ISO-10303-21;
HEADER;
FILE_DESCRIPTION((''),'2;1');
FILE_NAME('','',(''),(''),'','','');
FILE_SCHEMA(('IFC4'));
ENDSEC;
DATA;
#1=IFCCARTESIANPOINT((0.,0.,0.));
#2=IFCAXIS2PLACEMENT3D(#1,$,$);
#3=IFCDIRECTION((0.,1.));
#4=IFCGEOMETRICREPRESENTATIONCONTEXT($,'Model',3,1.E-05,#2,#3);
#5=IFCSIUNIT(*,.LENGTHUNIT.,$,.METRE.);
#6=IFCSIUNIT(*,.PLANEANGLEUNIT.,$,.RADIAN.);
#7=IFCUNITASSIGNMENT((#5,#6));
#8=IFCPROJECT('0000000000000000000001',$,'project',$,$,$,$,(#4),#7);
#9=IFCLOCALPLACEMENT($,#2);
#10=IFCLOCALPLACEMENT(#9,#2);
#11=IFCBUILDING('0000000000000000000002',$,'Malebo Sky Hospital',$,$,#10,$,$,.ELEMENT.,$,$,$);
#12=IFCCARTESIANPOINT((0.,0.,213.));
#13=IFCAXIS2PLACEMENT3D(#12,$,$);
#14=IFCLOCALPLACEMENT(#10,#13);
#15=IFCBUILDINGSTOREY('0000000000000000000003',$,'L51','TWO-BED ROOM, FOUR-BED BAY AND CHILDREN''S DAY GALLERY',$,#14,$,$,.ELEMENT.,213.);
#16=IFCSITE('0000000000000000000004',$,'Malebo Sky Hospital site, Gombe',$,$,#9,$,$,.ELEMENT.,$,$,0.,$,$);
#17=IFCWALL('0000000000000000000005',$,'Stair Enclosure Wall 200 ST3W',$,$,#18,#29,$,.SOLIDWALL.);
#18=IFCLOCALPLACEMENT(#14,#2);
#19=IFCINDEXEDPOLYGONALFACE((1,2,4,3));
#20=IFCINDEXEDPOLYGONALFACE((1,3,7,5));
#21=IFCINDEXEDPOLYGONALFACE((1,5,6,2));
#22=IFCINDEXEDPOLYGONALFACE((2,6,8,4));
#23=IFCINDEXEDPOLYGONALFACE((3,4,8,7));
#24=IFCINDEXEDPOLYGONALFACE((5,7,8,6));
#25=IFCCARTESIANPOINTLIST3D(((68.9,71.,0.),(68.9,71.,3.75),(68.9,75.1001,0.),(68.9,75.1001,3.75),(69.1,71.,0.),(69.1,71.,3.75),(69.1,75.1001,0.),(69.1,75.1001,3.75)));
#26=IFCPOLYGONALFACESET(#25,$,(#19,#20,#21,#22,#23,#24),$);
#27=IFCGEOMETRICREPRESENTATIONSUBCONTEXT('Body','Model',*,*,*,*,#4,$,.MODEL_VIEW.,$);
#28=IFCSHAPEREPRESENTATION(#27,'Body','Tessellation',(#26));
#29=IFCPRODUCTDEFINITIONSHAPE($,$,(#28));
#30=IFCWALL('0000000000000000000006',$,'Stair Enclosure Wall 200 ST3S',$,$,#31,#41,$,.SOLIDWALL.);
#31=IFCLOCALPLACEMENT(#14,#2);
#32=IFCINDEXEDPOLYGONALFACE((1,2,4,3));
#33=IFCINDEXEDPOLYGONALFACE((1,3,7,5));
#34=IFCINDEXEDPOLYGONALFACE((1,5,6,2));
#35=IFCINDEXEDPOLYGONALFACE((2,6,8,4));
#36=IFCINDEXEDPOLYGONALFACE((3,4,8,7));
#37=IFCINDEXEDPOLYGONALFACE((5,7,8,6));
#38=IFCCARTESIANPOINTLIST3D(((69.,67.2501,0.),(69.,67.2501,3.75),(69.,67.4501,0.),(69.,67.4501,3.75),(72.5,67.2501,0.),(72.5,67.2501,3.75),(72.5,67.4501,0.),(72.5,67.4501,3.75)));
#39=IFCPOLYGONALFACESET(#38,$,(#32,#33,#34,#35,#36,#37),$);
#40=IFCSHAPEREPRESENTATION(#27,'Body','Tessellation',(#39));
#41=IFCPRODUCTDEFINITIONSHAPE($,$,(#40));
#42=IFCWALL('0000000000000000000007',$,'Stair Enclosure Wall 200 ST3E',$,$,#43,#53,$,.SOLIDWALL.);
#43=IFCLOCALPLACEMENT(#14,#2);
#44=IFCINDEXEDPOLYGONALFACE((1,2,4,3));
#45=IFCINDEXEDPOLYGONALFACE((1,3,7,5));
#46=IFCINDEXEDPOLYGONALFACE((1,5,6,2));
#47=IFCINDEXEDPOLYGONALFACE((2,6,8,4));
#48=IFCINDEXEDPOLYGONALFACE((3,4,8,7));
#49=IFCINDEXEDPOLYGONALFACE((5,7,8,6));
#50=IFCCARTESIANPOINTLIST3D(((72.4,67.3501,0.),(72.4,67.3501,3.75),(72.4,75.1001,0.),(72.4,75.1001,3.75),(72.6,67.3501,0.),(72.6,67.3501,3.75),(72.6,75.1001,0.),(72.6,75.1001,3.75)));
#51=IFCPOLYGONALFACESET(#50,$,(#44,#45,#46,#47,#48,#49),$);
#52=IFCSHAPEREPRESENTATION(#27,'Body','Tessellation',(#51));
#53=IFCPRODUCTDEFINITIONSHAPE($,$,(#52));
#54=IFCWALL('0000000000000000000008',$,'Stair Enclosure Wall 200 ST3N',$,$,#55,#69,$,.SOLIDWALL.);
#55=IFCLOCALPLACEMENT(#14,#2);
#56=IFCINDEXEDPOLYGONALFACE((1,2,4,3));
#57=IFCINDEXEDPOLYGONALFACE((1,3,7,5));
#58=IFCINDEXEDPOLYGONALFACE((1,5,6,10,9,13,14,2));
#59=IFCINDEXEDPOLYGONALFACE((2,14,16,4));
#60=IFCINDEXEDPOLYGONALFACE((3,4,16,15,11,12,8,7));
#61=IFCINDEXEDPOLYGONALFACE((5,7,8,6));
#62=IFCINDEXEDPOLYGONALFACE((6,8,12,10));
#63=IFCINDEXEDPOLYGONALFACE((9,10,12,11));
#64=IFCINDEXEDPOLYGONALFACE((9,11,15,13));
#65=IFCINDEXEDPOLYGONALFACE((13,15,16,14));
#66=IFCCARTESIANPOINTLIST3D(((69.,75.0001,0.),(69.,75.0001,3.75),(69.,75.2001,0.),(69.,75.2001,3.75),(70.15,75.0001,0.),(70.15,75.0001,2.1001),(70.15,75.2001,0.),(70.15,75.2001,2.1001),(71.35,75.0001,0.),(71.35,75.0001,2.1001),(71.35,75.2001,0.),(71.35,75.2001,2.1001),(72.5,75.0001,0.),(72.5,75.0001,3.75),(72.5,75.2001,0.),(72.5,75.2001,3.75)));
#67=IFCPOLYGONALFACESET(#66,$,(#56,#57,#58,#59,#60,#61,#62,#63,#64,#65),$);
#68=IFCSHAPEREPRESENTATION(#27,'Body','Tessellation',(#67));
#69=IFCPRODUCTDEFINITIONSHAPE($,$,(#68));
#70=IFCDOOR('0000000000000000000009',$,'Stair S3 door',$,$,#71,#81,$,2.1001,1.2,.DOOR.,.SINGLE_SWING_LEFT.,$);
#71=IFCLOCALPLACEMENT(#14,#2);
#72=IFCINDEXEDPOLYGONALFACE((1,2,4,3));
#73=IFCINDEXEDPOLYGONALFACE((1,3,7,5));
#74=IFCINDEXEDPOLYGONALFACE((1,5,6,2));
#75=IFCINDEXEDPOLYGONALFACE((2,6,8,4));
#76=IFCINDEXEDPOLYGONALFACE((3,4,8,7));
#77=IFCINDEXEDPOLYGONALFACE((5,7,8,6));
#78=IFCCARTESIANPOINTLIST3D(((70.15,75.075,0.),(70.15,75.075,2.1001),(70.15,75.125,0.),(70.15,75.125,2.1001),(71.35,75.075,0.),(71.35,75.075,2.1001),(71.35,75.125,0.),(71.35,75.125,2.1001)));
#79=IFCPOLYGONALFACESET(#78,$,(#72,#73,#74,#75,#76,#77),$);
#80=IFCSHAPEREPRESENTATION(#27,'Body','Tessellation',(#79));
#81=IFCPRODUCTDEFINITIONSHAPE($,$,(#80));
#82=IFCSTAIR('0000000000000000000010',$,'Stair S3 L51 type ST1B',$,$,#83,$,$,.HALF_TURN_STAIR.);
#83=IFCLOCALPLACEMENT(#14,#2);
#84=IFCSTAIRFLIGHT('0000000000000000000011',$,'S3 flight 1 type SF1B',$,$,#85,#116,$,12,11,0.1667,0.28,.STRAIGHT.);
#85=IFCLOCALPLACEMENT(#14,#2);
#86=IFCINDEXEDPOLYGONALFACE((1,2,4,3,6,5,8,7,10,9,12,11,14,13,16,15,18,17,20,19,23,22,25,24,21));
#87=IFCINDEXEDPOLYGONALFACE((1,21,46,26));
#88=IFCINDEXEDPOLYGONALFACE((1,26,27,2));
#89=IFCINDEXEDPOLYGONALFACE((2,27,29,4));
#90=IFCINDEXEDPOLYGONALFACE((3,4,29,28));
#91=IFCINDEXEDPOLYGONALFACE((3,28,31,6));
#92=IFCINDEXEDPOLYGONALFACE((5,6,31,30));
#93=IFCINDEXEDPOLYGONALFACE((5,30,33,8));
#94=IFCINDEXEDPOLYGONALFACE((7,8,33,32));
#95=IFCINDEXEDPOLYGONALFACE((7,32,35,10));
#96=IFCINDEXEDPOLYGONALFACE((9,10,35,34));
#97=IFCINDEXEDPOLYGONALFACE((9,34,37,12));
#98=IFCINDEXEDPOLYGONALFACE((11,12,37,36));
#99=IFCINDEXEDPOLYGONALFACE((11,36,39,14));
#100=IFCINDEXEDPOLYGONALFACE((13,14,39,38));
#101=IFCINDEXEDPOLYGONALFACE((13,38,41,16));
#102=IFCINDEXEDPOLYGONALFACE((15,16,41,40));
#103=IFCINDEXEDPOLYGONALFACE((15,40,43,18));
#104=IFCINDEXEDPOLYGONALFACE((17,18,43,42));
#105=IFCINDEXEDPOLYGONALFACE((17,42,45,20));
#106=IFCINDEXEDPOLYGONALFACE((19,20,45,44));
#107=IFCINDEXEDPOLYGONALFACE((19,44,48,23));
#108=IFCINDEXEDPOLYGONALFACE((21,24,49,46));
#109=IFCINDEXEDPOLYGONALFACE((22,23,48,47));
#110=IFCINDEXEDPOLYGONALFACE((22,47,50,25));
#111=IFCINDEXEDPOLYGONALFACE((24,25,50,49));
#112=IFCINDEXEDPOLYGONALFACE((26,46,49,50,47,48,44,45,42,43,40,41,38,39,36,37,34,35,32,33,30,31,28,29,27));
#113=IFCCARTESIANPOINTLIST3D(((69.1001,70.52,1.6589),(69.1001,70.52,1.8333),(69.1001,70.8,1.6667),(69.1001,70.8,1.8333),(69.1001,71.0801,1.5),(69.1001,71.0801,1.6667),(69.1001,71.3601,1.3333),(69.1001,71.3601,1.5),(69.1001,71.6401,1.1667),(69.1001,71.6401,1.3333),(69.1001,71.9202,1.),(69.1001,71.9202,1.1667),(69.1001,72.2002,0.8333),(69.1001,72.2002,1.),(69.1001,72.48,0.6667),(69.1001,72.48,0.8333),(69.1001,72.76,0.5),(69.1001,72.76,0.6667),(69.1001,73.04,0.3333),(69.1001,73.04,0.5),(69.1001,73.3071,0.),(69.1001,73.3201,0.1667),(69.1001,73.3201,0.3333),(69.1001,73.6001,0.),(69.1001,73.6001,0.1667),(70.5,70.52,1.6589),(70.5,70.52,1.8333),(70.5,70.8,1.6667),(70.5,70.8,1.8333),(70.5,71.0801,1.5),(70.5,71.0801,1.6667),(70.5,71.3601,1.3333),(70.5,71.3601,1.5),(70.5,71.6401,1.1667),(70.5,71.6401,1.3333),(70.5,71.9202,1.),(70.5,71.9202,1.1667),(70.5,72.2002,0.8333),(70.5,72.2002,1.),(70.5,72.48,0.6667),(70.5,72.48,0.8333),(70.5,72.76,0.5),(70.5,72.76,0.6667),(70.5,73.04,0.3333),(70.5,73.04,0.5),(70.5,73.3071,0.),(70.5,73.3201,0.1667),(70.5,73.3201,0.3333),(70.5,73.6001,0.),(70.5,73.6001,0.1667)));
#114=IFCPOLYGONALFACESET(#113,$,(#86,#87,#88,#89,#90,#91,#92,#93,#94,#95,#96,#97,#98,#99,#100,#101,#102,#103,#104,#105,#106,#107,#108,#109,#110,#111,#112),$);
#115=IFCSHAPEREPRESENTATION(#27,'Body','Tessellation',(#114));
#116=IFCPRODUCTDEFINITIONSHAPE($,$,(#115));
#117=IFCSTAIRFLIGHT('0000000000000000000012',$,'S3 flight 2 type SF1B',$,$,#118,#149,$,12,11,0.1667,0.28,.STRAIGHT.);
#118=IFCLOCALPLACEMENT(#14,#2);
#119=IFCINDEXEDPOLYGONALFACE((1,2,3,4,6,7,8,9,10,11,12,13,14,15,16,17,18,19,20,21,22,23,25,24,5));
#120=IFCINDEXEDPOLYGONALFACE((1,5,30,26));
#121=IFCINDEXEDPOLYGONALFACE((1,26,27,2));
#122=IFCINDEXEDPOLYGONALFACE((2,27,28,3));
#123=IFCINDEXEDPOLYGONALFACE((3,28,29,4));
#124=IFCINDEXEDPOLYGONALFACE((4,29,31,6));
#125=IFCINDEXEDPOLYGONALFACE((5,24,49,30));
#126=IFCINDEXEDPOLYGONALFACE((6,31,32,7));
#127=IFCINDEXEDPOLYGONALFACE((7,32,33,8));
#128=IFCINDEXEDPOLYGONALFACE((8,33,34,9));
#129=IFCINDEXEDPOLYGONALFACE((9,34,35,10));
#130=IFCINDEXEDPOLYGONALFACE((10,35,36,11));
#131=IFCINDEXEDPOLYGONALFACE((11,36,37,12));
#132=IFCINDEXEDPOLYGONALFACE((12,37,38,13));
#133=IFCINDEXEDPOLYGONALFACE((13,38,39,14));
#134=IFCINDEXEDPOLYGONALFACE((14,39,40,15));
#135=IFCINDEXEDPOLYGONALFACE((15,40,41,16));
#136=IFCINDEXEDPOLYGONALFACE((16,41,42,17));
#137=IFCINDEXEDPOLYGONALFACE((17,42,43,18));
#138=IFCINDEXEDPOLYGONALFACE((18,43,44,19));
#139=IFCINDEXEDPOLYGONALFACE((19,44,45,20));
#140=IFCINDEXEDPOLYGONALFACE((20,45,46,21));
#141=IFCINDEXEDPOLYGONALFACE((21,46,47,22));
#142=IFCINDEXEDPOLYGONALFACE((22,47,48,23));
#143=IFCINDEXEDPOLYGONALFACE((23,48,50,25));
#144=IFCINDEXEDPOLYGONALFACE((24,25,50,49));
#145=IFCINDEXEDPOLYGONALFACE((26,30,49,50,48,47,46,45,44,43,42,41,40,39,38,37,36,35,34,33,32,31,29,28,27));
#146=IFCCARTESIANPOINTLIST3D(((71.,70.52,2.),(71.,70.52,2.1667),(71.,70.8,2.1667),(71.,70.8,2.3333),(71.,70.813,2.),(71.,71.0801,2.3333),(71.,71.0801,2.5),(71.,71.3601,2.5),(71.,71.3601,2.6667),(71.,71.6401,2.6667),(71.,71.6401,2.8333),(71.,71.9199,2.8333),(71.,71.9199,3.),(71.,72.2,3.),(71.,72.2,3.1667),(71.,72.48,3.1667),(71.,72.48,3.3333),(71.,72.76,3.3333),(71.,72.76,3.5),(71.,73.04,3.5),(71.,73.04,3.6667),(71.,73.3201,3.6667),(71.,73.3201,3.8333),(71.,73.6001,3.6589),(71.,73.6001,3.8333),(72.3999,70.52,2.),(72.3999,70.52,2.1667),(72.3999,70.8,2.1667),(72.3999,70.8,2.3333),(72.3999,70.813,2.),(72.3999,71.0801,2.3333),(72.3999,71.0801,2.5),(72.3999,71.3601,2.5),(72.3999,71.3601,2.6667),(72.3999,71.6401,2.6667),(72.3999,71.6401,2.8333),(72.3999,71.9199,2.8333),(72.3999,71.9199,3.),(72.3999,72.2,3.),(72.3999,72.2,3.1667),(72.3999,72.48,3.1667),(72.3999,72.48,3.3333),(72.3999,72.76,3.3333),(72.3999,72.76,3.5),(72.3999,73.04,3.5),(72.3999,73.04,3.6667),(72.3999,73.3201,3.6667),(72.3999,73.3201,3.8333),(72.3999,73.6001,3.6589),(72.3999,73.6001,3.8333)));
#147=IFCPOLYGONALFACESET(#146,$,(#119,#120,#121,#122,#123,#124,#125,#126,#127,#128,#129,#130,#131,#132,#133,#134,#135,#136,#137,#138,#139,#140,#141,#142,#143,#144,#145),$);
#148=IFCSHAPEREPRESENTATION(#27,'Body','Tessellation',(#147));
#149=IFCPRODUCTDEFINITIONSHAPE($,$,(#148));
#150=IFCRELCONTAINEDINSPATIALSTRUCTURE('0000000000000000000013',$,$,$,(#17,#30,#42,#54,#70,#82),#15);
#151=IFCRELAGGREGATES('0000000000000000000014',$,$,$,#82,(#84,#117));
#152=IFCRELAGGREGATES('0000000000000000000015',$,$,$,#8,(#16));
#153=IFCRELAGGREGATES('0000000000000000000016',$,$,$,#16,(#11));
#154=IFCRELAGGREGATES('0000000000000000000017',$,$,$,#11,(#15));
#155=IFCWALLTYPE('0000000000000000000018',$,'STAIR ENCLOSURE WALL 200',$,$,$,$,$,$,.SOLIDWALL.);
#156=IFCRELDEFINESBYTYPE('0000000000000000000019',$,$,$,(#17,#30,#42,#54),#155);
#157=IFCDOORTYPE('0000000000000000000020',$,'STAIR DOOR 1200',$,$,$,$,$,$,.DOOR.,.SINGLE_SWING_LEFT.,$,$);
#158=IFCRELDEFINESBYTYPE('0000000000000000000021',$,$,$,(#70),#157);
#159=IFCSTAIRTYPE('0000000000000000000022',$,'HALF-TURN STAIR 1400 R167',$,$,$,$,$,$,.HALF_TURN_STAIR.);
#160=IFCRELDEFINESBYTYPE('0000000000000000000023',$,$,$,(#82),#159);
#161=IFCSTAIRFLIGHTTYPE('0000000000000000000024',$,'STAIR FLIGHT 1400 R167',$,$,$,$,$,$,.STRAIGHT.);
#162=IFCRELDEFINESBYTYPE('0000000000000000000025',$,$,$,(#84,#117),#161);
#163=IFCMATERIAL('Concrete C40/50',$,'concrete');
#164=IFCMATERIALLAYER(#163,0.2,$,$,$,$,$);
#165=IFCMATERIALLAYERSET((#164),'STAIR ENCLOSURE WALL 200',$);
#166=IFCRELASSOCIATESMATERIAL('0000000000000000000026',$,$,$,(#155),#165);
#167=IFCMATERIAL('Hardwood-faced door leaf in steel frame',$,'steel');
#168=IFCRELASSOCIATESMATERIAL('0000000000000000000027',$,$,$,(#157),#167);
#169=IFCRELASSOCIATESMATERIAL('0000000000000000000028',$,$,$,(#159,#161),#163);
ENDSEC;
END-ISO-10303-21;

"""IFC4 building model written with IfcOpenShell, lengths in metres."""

from ifc_helpers import new_model, si_unit, direction, frame, frame_2d, origin, place, context, subcontext, project, spatial, polyline, rectangle, outline, extrude, material, layer, layer_set, type_object, element, fill, aggregate, save


model = new_model("IFC4")

# Units and contexts
model_context = context("Model", 3, precision=1e-05, world=origin(), true_north=direction((0.0, 1.0)))
body_context = subcontext(model_context, "Body", "Model", "MODEL_VIEW")
ifc_project = project(units=[si_unit("LENGTHUNIT", "METRE"), si_unit("PLANEANGLEUNIT", "RADIAN")], contexts=[model_context])

# Site, building, storey
site_placement = place(None, origin())
site = spatial("IfcSite", under=ifc_project, at=site_placement, Name="Malebo Sky Hospital site, Gombe", CompositionType="ELEMENT", RefElevation=0.0)
building_placement = place(site_placement, origin())
building = spatial("IfcBuilding", under=site, at=building_placement, Name="Malebo Sky Hospital", CompositionType="ELEMENT")
storey_placement = place(building_placement, frame((0.0, 0.0, 213.0)))
storey = spatial("IfcBuildingStorey", under=building, at=storey_placement, Name="L51", Description="TWO-BED ROOM, FOUR-BED BAY AND CHILDREN'S DAY GALLERY", CompositionType="ELEMENT", Elevation=213.0)

# Shared definitions
ifc_material_1 = material(Name="Hardwood-faced door leaf in steel frame", Category="steel")

# Walls
ifc_material_2 = material(Name="Concrete C40/50", Category="concrete")
ifc_layer_1 = layer(ifc_material_2, 0.2)
ifc_layer_set_1 = layer_set([ifc_layer_1], Name="STAIR ENCLOSURE WALL 200")
wall_type_1 = type_object("IfcWallType", Name="STAIR ENCLOSURE WALL 200", PredefinedType="SOLIDWALL", material=ifc_layer_set_1)
wall_1_placement = place(storey_placement, frame((69.0, 71.0, 0.0), z_axis=(0.0, 0.0, 1.0), x_axis=(0.0, 1.0, 0.0)))
element("IfcWall", 1, at=wall_1_placement, inside=storey, type_object=wall_type_1, Name="Stair Enclosure Wall 200 ST3W", PredefinedType="SOLIDWALL", context=body_context, shape_type="SweptSolid", body=[
    extrude(rectangle(XDim=4.1001, YDim=0.2, at=frame_2d((2.05, 0.0))), origin(), (0.0, 0.0, 1.0), 3.75),
])
wall_2_placement = place(storey_placement, frame((69.0, 67.3501, 0.0), z_axis=(0.0, 0.0, 1.0), x_axis=(1.0, 0.0, 0.0)))
element("IfcWall", 2, at=wall_2_placement, inside=storey, type_object=wall_type_1, Name="Stair Enclosure Wall 200 ST3S", PredefinedType="SOLIDWALL", context=body_context, shape_type="SweptSolid", body=[
    extrude(rectangle(XDim=3.5, YDim=0.2, at=frame_2d((1.75, 0.0))), origin(), (0.0, 0.0, 1.0), 3.75),
])
wall_3_placement = place(storey_placement, frame((72.5, 67.3501, 0.0), z_axis=(0.0, 0.0, 1.0), x_axis=(0.0, 1.0, 0.0)))
element("IfcWall", 3, at=wall_3_placement, inside=storey, type_object=wall_type_1, Name="Stair Enclosure Wall 200 ST3E", PredefinedType="SOLIDWALL", context=body_context, shape_type="SweptSolid", body=[
    extrude(rectangle(XDim=7.75, YDim=0.2, at=frame_2d((3.875, 0.0))), origin(), (0.0, 0.0, 1.0), 3.75),
])

# Wall, opening, door
wall_4_placement = place(storey_placement, frame((69.0, 75.1001, 0.0), z_axis=(0.0, 0.0, 1.0), x_axis=(1.0, 0.0, 0.0)))
wall_4 = element("IfcWall", 4, at=wall_4_placement, inside=storey, type_object=wall_type_1, Name="Stair Enclosure Wall 200 ST3N", PredefinedType="SOLIDWALL", context=body_context, shape_type="SweptSolid", body=[
    extrude(rectangle(XDim=3.5, YDim=0.2, at=frame_2d((1.75, 0.0))), origin(), (0.0, 0.0, 1.0), 3.75),
])
opening_1_placement = place(wall_4_placement, frame((1.1499, 0.0, 0.0)))
opening_1 = element("IfcOpeningElement", 5, at=opening_1_placement, cuts=wall_4, PredefinedType="OPENING", context=body_context, shape_type="SweptSolid", body=[
    extrude(rectangle(XDim=1.2, YDim=2.1001, at=frame_2d((0.6001, 1.05))), frame((0.0, 0.1099, 0.0), z_axis=(0.0, -1.0, 0.0), x_axis=(1.0, 0.0, 0.0)), (0.0, 0.0, 1.0), 0.22),
])
door_type_1 = type_object("IfcDoorType", Name="STAIR DOOR 1200", OperationType="SINGLE_SWING_LEFT", PredefinedType="DOOR", material=ifc_material_1)
door_1_placement = place(opening_1_placement, origin())
door_1 = element("IfcDoor", 6, at=door_1_placement, inside=storey, type_object=door_type_1, Name="Stair S3 door", OperationType="SINGLE_SWING_LEFT", OverallHeight=2.1001, OverallWidth=1.2, PredefinedType="DOOR", context=body_context, shape_type="SweptSolid", body=[
    extrude(rectangle(XDim=1.2, YDim=2.1001, at=frame_2d((0.6001, 1.05))), frame((0.0, 0.0249, 0.0), z_axis=(0.0, -1.0, 0.0), x_axis=(1.0, 0.0, 0.0)), (0.0, 0.0, 1.0), 0.05),
])
fill(opening_1, door_1)

# Stair, stair flights
stair_type = type_object("IfcStairType", Name="HALF-TURN STAIR 1400 R167", PredefinedType="HALF_TURN_STAIR", material=ifc_material_2)
stair_placement = place(storey_placement, origin())
stair = element("IfcStair", 7, at=stair_placement, inside=storey, type_object=stair_type, Name="Stair S3 L51 type ST1B", PredefinedType="HALF_TURN_STAIR")
stair_flight_type = type_object("IfcStairFlightType", Name="STAIR FLIGHT 1400 R167", PredefinedType="STRAIGHT", material=ifc_material_2)
stair_flight_1_placement = place(storey_placement, frame((69.8, 73.6001, 0.0), z_axis=(0.0, 0.0, 1.0), x_axis=(0.0, -1.0, 0.0)))
stair_flight_1 = element("IfcStairFlight", 8, at=stair_flight_1_placement, type_object=stair_flight_type, Name="S3 flight 1 type SF1B", NumberOfRisers=12, NumberOfTreads=11, PredefinedType="STRAIGHT", RiserHeight=0.1667, TreadLength=0.28, context=body_context, shape_type="SweptSolid", body=[
    extrude(outline(polyline([(0.0, 0.0), (0.0, 0.1667), (0.28, 0.1667), (0.28, 0.3333), (0.5601, 0.3333), (0.5601, 0.5), (0.8401, 0.5), (0.8401, 0.6667), (1.1201, 0.6667), (1.1201, 0.8333), (1.3999, 0.8333), (1.3999, 1.0), (1.6799, 1.0), (1.6799, 1.1667), (1.96, 1.1667), (1.96, 1.3333), (2.24, 1.3333), (2.24, 1.5), (2.52, 1.5), (2.52, 1.6667), (2.8, 1.6667), (2.8, 1.8333), (3.0801, 1.8333), (3.0801, 2.0), (3.0801, 1.6589), (0.293, 0.0), (0.0, 0.0)])), frame((0.0, 0.7, 0.0), z_axis=(0.0, -1.0, 0.0), x_axis=(1.0, 0.0, 0.0)), (0.0, 0.0, 1.0), 1.3999),
])
stair_flight_2_placement = place(storey_placement, frame((71.7, 70.52, 2.0), z_axis=(0.0, 0.0, 1.0), x_axis=(0.0, 1.0, 0.0)))
stair_flight_2 = element("IfcStairFlight", 9, at=stair_flight_2_placement, type_object=stair_flight_type, Name="S3 flight 2 type SF1B", NumberOfRisers=12, NumberOfTreads=11, PredefinedType="STRAIGHT", RiserHeight=0.1667, TreadLength=0.28, context=body_context, shape_type="SweptSolid", body=[
    extrude(outline(polyline([(0.0, 0.0), (0.0, 0.1667), (0.28, 0.1667), (0.28, 0.3333), (0.5601, 0.3333), (0.5601, 0.5), (0.8401, 0.5), (0.8401, 0.6667), (1.1201, 0.6667), (1.1201, 0.8333), (1.3999, 0.8333), (1.3999, 1.0), (1.6799, 1.0), (1.6799, 1.1667), (1.96, 1.1667), (1.96, 1.3333), (2.24, 1.3333), (2.24, 1.5), (2.52, 1.5), (2.52, 1.6667), (2.8, 1.6667), (2.8, 1.8333), (3.0801, 1.8333), (3.0801, 2.0), (3.0801, 1.6589), (0.293, 0.0), (0.0, 0.0)])), frame((0.0, 0.7, 0.0), z_axis=(0.0, -1.0, 0.0), x_axis=(1.0, 0.0, 0.0)), (0.0, 0.0, 1.0), 1.3999),
])
aggregate(stair, [stair_flight_1, stair_flight_2])

save(model, "model.ifc")
